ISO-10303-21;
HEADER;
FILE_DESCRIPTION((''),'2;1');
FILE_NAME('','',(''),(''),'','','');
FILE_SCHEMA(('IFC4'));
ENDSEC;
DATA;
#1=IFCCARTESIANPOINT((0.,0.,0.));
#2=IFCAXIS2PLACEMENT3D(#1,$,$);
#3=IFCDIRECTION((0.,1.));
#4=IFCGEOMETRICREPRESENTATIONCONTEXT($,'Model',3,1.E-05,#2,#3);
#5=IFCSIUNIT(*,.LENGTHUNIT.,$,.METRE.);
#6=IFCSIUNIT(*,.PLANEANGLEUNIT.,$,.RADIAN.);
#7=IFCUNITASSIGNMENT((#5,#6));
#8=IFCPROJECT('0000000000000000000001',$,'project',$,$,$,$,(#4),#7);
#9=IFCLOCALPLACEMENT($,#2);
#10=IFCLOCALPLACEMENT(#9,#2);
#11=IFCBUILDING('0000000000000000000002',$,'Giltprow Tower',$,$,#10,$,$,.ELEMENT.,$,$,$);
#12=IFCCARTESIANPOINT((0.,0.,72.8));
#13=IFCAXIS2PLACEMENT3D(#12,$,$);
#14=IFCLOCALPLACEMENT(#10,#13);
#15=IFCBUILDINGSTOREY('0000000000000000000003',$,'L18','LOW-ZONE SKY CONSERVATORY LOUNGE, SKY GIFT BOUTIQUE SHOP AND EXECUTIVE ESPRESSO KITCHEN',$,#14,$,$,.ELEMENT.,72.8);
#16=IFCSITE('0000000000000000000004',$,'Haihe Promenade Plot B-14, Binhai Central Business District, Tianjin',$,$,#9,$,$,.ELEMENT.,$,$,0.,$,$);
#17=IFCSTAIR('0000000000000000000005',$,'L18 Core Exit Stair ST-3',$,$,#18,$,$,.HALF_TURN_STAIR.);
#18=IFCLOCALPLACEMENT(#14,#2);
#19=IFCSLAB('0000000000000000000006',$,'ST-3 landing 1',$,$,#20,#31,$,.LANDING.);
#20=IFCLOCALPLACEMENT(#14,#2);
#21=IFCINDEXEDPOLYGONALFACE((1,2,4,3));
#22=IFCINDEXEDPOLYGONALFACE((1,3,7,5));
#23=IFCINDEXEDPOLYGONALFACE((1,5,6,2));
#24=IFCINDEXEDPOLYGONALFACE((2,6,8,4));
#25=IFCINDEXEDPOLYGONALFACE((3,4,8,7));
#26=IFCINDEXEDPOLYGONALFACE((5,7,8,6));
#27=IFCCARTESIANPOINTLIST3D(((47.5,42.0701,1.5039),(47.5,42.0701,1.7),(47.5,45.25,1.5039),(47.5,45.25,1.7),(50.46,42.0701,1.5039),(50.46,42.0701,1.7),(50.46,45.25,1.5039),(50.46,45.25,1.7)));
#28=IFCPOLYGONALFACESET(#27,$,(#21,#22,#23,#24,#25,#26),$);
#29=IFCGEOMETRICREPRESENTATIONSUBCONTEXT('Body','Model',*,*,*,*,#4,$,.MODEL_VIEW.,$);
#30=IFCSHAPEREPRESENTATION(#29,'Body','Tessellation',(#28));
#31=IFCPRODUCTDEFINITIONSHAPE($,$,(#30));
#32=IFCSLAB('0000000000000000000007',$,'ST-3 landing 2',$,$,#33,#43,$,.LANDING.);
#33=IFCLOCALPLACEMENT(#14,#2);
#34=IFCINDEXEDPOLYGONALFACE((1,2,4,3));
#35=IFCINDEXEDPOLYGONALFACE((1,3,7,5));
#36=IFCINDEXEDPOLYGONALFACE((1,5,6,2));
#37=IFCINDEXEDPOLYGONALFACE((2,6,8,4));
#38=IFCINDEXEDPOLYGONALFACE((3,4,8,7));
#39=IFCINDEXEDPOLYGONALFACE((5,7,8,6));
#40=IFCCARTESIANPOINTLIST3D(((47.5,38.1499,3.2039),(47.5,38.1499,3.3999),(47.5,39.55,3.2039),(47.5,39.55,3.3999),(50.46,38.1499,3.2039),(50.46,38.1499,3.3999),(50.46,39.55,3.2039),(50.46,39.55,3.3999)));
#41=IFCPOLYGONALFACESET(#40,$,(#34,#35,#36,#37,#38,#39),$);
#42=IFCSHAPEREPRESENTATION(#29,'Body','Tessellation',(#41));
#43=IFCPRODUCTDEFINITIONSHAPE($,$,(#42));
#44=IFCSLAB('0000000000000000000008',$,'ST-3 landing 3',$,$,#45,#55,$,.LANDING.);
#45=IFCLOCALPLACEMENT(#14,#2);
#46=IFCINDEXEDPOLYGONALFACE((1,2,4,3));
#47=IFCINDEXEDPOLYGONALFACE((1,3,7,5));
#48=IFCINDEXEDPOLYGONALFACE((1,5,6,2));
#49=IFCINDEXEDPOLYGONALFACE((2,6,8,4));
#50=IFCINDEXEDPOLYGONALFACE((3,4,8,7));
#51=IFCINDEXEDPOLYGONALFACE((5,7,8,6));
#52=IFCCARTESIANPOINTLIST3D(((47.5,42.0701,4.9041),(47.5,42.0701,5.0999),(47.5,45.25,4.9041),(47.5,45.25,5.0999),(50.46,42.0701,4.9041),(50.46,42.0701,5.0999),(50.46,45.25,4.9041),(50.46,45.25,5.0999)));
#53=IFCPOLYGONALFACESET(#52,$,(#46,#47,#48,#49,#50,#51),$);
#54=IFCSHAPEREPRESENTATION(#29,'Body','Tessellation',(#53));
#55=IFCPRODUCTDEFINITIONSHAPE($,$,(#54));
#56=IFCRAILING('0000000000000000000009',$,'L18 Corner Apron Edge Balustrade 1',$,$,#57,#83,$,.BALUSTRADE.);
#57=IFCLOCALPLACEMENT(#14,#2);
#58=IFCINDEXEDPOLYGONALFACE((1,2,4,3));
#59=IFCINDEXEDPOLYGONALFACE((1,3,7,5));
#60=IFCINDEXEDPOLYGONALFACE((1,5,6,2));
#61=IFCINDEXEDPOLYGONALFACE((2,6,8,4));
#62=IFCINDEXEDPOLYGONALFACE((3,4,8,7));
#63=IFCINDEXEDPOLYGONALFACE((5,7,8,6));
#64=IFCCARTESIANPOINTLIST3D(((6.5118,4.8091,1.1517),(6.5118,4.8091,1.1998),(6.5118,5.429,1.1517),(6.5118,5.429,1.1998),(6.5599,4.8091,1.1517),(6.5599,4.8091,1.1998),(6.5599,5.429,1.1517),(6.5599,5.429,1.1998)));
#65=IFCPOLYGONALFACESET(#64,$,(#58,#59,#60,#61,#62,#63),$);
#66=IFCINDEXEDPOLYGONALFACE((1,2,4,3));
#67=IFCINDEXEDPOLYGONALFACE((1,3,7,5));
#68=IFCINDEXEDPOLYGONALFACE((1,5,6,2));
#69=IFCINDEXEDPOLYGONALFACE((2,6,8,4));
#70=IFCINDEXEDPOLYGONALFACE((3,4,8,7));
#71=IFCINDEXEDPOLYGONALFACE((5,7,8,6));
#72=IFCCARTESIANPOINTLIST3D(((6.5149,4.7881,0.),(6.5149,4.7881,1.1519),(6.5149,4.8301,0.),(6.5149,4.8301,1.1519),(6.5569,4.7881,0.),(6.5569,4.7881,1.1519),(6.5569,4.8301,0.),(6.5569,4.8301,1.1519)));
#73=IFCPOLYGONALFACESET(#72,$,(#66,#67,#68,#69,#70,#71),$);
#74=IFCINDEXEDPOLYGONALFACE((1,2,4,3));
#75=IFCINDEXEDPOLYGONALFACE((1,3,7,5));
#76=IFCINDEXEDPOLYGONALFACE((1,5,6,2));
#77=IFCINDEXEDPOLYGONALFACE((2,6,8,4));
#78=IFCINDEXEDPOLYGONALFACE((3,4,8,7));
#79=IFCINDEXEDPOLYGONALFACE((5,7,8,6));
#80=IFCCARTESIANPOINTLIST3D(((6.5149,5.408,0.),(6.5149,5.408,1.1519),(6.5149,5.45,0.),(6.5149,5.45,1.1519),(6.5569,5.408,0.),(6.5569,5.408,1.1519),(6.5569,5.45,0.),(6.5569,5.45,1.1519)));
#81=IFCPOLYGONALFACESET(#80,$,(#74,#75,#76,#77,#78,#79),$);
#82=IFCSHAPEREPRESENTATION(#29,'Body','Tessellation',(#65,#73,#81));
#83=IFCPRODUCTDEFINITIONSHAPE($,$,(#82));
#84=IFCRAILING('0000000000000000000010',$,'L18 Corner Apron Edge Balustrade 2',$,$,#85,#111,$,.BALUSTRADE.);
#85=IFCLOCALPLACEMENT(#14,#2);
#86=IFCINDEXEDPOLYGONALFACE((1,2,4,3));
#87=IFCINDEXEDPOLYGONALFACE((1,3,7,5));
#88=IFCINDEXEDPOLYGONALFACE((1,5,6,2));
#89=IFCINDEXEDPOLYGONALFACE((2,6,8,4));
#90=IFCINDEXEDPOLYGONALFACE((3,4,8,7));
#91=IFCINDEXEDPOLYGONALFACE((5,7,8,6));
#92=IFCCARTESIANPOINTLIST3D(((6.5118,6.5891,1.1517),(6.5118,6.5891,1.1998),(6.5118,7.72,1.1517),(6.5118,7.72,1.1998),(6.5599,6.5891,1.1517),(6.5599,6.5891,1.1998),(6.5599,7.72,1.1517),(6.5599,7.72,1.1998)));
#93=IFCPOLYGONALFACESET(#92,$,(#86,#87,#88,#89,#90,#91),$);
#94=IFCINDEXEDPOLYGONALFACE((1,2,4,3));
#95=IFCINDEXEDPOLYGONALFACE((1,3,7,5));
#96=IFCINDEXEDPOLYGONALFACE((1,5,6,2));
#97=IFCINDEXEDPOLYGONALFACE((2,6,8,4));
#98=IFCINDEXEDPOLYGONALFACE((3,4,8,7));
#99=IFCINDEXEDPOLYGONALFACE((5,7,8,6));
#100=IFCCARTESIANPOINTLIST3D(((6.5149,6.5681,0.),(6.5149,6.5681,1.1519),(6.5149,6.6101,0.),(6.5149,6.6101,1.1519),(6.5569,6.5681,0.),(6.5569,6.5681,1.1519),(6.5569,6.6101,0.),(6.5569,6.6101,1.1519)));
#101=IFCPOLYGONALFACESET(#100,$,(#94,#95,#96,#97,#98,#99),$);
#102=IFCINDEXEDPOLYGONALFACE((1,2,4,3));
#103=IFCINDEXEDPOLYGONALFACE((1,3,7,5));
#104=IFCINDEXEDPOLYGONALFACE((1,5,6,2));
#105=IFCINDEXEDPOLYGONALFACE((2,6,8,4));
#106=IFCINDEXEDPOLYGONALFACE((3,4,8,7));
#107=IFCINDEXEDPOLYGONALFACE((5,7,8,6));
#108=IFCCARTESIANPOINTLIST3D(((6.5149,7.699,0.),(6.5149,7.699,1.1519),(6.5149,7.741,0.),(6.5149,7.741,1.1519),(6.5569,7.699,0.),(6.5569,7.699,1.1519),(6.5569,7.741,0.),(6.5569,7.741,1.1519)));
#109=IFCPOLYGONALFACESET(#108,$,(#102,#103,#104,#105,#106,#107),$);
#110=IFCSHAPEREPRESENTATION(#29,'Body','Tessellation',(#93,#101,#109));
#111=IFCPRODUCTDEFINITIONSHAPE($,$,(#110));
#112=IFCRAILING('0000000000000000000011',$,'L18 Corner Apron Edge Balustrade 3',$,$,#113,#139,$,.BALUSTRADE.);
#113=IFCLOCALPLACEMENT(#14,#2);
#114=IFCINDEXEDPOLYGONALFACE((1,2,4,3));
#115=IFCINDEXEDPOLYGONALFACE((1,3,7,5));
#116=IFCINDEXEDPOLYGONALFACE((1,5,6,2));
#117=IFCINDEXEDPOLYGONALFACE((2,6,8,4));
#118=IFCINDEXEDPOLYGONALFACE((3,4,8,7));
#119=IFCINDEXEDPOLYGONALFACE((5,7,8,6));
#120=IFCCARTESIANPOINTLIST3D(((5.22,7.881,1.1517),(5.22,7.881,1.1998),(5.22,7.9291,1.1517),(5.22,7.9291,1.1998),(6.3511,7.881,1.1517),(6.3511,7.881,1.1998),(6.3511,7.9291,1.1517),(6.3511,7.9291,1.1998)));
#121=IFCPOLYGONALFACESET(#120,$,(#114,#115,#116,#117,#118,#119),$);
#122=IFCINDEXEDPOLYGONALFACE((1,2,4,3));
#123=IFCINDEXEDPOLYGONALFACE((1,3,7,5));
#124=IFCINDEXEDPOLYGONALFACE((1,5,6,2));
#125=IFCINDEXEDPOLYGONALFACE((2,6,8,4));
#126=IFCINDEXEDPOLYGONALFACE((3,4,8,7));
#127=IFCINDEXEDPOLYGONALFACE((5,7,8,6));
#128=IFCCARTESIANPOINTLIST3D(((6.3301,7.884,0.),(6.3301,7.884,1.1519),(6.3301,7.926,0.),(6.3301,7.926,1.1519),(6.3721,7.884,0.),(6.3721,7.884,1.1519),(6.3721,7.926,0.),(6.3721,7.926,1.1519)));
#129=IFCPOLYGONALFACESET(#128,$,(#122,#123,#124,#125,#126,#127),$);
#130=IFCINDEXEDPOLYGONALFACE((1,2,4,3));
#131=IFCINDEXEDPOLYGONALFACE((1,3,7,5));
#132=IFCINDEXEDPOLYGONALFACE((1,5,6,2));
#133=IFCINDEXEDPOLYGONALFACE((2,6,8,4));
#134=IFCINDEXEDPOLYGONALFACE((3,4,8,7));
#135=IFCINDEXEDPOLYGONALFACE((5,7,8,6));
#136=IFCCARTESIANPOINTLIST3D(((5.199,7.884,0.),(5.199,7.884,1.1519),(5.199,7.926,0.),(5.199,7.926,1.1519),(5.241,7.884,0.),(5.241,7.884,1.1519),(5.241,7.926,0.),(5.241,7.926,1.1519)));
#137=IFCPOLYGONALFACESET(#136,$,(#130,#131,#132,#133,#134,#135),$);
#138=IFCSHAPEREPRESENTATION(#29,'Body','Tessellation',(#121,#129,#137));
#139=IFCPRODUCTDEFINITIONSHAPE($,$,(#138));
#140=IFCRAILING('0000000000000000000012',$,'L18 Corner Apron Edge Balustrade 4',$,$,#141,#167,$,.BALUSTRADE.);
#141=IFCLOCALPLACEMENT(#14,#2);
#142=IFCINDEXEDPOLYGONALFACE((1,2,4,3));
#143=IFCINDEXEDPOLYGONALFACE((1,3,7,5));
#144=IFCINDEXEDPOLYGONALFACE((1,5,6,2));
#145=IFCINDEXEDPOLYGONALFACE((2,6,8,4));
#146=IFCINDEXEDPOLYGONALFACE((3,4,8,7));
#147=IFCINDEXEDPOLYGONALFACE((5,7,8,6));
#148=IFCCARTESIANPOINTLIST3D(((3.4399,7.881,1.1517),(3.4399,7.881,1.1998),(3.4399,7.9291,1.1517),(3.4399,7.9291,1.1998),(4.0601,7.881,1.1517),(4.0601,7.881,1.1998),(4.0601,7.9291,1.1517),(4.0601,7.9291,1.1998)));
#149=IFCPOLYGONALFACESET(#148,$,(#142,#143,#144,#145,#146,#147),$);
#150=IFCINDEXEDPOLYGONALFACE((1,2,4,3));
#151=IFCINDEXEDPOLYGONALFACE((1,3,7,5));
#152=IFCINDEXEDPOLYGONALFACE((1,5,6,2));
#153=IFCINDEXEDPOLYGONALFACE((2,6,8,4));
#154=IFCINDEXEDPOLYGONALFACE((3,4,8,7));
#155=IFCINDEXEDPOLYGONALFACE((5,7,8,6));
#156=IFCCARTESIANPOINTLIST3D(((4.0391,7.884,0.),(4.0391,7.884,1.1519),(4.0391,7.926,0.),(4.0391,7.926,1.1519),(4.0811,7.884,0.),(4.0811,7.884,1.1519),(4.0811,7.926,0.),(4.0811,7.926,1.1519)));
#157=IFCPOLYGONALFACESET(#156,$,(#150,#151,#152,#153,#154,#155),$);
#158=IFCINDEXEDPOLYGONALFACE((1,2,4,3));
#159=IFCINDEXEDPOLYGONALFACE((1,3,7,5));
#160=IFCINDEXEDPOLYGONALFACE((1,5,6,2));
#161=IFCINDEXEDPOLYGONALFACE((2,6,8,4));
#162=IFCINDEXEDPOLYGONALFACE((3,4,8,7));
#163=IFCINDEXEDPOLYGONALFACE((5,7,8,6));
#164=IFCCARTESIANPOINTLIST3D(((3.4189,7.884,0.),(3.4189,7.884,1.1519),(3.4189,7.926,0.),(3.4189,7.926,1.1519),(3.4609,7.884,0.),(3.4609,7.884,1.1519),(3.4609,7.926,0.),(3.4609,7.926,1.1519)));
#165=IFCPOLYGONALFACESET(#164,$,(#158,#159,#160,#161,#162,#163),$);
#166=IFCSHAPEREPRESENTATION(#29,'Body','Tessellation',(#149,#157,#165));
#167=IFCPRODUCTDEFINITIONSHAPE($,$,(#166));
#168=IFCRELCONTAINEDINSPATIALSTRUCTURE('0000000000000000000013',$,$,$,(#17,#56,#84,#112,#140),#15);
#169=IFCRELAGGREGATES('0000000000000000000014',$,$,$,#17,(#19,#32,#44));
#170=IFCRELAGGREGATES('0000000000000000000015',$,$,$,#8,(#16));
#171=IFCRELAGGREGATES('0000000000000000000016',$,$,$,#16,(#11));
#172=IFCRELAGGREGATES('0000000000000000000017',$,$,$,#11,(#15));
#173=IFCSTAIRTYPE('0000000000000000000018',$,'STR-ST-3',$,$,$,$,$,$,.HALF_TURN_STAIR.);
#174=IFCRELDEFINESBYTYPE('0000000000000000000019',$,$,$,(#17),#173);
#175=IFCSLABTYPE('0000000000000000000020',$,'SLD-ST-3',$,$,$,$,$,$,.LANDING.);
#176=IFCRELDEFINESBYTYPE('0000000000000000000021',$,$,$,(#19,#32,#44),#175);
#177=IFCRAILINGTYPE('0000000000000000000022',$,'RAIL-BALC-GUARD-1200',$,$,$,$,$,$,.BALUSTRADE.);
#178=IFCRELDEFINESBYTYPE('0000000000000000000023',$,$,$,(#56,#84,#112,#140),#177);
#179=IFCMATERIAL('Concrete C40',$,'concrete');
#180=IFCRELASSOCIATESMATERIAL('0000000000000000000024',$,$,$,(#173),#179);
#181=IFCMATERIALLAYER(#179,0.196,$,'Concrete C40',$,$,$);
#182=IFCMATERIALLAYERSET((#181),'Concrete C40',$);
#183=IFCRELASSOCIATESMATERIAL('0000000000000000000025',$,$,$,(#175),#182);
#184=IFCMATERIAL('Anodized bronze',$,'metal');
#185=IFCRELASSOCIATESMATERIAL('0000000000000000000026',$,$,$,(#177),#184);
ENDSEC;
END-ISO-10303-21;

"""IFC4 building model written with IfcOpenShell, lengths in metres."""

from ifc_helpers import new_model, si_unit, direction, frame, origin, origin_2d, place, context, subcontext, project, spatial, polyline, rectangle, outline, extrude, material, layer, layer_set, type_object, element, aggregate, save


model = new_model("IFC4")

# Units and contexts
model_context = context("Model", 3, precision=1e-05, world=origin(), true_north=direction((0.0, 1.0)))
body_context = subcontext(model_context, "Body", "Model", "MODEL_VIEW")
ifc_project = project(units=[si_unit("LENGTHUNIT", "METRE"), si_unit("PLANEANGLEUNIT", "RADIAN")], contexts=[model_context])

# Site, building, storey
site_placement = place(None, origin())
site = spatial("IfcSite", under=ifc_project, at=site_placement, Name="Haihe Promenade Plot B-14, Binhai Central Business District, Tianjin", CompositionType="ELEMENT", RefElevation=0.0)
building_placement = place(site_placement, origin())
building = spatial("IfcBuilding", under=site, at=building_placement, Name="Giltprow Tower", CompositionType="ELEMENT")
storey_placement = place(building_placement, frame((0.0, 0.0, 72.8)))
storey = spatial("IfcBuildingStorey", under=building, at=storey_placement, Name="L18", Description="LOW-ZONE SKY CONSERVATORY LOUNGE, SKY GIFT BOUTIQUE SHOP AND EXECUTIVE ESPRESSO KITCHEN", CompositionType="ELEMENT", Elevation=72.8)

# Shared definitions
ifc_material_1 = material(Name="Anodized bronze", Category="metal")

# Shared definitions
ifc_material_2 = material(Name="Concrete C40", Category="concrete")

# Stair, slabs
stair_type_1 = type_object("IfcStairType", Name="STR-ST-3", PredefinedType="HALF_TURN_STAIR", material=ifc_material_2)
stair_1_placement = place(storey_placement, origin())
stair_1 = element("IfcStair", 1, at=stair_1_placement, inside=storey, type_object=stair_type_1, Name="L18 Core Exit Stair ST-3", PredefinedType="HALF_TURN_STAIR")
ifc_layer_1 = layer(ifc_material_2, 0.196, Name="Concrete C40")
ifc_layer_set_1 = layer_set([ifc_layer_1], Name="Concrete C40")
slab_type_1 = type_object("IfcSlabType", Name="SLD-ST-3", PredefinedType="LANDING", material=ifc_layer_set_1)
slab_1_placement = place(storey_placement, frame((0.0, 0.0, 1.5039)))
slab_1 = element("IfcSlab", 2, at=slab_1_placement, type_object=slab_type_1, Name="ST-3 landing 1", PredefinedType="LANDING", context=body_context, shape_type="SweptSolid", body=[
    extrude(outline(polyline([(50.46, 42.0701), (50.46, 45.25), (47.5, 45.25), (47.5, 42.0701), (50.46, 42.0701)])), origin(), (0.0, 0.0, 1.0), 0.196),
])
slab_2_placement = place(storey_placement, frame((0.0, 0.0, 3.2039)))
slab_2 = element("IfcSlab", 3, at=slab_2_placement, type_object=slab_type_1, Name="ST-3 landing 2", PredefinedType="LANDING", context=body_context, shape_type="SweptSolid", body=[
    extrude(outline(polyline([(50.46, 38.1499), (50.46, 39.55), (47.5, 39.55), (47.5, 38.1499), (50.46, 38.1499)])), origin(), (0.0, 0.0, 1.0), 0.196),
])
slab_3_placement = place(storey_placement, frame((0.0, 0.0, 4.9041)))
slab_3 = element("IfcSlab", 4, at=slab_3_placement, type_object=slab_type_1, Name="ST-3 landing 3", PredefinedType="LANDING", context=body_context, shape_type="SweptSolid", body=[
    extrude(outline(polyline([(50.46, 42.0701), (50.46, 45.25), (47.5, 45.25), (47.5, 42.0701), (50.46, 42.0701)])), origin(), (0.0, 0.0, 1.0), 0.1958),
])
aggregate(stair_1, [slab_1, slab_2, slab_3])

# Railings
railing_type = type_object("IfcRailingType", Name="RAIL-BALC-GUARD-1200", PredefinedType="BALUSTRADE", material=ifc_material_1)
railing_1_placement = place(storey_placement, frame((6.5359, 4.8091, 0.0)))
element("IfcRailing", 5, at=railing_1_placement, inside=storey, type_object=railing_type, Name="L18 Corner Apron Edge Balustrade 1", PredefinedType="BALUSTRADE", context=body_context, shape_type="SweptSolid", body=[
    extrude(rectangle(XDim=0.0481, YDim=0.0481, at=origin_2d()), frame((0.0, 0.0, 1.1758), z_axis=(0.0, 1.0, 0.0), x_axis=(-1.0, 0.0, 0.0)), (0.0, 0.0, 1.0), 0.6199),
    extrude(rectangle(XDim=0.042, YDim=0.042, at=origin_2d()), origin(), (0.0, 0.0, 1.0), 1.1519),
    extrude(rectangle(XDim=0.042, YDim=0.042, at=origin_2d()), frame((0.0, 0.6199, 0.0)), (0.0, 0.0, 1.0), 1.1519),
])
railing_2_placement = place(storey_placement, frame((6.5359, 6.5891, 0.0)))
element("IfcRailing", 6, at=railing_2_placement, inside=storey, type_object=railing_type, Name="L18 Corner Apron Edge Balustrade 2", PredefinedType="BALUSTRADE", context=body_context, shape_type="SweptSolid", body=[
    extrude(rectangle(XDim=0.0481, YDim=0.0481, at=origin_2d()), frame((0.0, 0.0, 1.1758), z_axis=(0.0, 1.0, 0.0), x_axis=(-1.0, 0.0, 0.0)), (0.0, 0.0, 1.0), 1.1309),
    extrude(rectangle(XDim=0.042, YDim=0.042, at=origin_2d()), origin(), (0.0, 0.0, 1.0), 1.1519),
    extrude(rectangle(XDim=0.042, YDim=0.042, at=origin_2d()), frame((0.0, 1.1309, 0.0)), (0.0, 0.0, 1.0), 1.1519),
])
railing_3_placement = place(storey_placement, frame((6.3511, 7.905, 0.0)))
element("IfcRailing", 7, at=railing_3_placement, inside=storey, type_object=railing_type, Name="L18 Corner Apron Edge Balustrade 3", PredefinedType="BALUSTRADE", context=body_context, shape_type="SweptSolid", body=[
    extrude(rectangle(XDim=0.0481, YDim=0.0481, at=origin_2d()), frame((0.0, 0.0, 1.1758), z_axis=(-1.0, 0.0, 0.0), x_axis=(0.0, -1.0, 0.0)), (0.0, 0.0, 1.0), 1.1311),
    extrude(rectangle(XDim=0.042, YDim=0.042, at=origin_2d()), origin(), (0.0, 0.0, 1.0), 1.1519),
    extrude(rectangle(XDim=0.042, YDim=0.042, at=origin_2d()), frame((-1.1311, 0.0, 0.0)), (0.0, 0.0, 1.0), 1.1519),
])
railing_4_placement = place(storey_placement, frame((4.0601, 7.905, 0.0)))
element("IfcRailing", 8, at=railing_4_placement, inside=storey, type_object=railing_type, Name="L18 Corner Apron Edge Balustrade 4", PredefinedType="BALUSTRADE", context=body_context, shape_type="SweptSolid", body=[
    extrude(rectangle(XDim=0.0481, YDim=0.0481, at=origin_2d()), frame((0.0, 0.0, 1.1758), z_axis=(-1.0, 0.0, 0.0), x_axis=(0.0, -1.0, 0.0)), (0.0, 0.0, 1.0), 0.6201),
    extrude(rectangle(XDim=0.042, YDim=0.042, at=origin_2d()), origin(), (0.0, 0.0, 1.0), 1.1519),
    extrude(rectangle(XDim=0.042, YDim=0.042, at=origin_2d()), frame((-0.6201, 0.0, 0.0)), (0.0, 0.0, 1.0), 1.1519),
])

save(model, "model.ifc")
